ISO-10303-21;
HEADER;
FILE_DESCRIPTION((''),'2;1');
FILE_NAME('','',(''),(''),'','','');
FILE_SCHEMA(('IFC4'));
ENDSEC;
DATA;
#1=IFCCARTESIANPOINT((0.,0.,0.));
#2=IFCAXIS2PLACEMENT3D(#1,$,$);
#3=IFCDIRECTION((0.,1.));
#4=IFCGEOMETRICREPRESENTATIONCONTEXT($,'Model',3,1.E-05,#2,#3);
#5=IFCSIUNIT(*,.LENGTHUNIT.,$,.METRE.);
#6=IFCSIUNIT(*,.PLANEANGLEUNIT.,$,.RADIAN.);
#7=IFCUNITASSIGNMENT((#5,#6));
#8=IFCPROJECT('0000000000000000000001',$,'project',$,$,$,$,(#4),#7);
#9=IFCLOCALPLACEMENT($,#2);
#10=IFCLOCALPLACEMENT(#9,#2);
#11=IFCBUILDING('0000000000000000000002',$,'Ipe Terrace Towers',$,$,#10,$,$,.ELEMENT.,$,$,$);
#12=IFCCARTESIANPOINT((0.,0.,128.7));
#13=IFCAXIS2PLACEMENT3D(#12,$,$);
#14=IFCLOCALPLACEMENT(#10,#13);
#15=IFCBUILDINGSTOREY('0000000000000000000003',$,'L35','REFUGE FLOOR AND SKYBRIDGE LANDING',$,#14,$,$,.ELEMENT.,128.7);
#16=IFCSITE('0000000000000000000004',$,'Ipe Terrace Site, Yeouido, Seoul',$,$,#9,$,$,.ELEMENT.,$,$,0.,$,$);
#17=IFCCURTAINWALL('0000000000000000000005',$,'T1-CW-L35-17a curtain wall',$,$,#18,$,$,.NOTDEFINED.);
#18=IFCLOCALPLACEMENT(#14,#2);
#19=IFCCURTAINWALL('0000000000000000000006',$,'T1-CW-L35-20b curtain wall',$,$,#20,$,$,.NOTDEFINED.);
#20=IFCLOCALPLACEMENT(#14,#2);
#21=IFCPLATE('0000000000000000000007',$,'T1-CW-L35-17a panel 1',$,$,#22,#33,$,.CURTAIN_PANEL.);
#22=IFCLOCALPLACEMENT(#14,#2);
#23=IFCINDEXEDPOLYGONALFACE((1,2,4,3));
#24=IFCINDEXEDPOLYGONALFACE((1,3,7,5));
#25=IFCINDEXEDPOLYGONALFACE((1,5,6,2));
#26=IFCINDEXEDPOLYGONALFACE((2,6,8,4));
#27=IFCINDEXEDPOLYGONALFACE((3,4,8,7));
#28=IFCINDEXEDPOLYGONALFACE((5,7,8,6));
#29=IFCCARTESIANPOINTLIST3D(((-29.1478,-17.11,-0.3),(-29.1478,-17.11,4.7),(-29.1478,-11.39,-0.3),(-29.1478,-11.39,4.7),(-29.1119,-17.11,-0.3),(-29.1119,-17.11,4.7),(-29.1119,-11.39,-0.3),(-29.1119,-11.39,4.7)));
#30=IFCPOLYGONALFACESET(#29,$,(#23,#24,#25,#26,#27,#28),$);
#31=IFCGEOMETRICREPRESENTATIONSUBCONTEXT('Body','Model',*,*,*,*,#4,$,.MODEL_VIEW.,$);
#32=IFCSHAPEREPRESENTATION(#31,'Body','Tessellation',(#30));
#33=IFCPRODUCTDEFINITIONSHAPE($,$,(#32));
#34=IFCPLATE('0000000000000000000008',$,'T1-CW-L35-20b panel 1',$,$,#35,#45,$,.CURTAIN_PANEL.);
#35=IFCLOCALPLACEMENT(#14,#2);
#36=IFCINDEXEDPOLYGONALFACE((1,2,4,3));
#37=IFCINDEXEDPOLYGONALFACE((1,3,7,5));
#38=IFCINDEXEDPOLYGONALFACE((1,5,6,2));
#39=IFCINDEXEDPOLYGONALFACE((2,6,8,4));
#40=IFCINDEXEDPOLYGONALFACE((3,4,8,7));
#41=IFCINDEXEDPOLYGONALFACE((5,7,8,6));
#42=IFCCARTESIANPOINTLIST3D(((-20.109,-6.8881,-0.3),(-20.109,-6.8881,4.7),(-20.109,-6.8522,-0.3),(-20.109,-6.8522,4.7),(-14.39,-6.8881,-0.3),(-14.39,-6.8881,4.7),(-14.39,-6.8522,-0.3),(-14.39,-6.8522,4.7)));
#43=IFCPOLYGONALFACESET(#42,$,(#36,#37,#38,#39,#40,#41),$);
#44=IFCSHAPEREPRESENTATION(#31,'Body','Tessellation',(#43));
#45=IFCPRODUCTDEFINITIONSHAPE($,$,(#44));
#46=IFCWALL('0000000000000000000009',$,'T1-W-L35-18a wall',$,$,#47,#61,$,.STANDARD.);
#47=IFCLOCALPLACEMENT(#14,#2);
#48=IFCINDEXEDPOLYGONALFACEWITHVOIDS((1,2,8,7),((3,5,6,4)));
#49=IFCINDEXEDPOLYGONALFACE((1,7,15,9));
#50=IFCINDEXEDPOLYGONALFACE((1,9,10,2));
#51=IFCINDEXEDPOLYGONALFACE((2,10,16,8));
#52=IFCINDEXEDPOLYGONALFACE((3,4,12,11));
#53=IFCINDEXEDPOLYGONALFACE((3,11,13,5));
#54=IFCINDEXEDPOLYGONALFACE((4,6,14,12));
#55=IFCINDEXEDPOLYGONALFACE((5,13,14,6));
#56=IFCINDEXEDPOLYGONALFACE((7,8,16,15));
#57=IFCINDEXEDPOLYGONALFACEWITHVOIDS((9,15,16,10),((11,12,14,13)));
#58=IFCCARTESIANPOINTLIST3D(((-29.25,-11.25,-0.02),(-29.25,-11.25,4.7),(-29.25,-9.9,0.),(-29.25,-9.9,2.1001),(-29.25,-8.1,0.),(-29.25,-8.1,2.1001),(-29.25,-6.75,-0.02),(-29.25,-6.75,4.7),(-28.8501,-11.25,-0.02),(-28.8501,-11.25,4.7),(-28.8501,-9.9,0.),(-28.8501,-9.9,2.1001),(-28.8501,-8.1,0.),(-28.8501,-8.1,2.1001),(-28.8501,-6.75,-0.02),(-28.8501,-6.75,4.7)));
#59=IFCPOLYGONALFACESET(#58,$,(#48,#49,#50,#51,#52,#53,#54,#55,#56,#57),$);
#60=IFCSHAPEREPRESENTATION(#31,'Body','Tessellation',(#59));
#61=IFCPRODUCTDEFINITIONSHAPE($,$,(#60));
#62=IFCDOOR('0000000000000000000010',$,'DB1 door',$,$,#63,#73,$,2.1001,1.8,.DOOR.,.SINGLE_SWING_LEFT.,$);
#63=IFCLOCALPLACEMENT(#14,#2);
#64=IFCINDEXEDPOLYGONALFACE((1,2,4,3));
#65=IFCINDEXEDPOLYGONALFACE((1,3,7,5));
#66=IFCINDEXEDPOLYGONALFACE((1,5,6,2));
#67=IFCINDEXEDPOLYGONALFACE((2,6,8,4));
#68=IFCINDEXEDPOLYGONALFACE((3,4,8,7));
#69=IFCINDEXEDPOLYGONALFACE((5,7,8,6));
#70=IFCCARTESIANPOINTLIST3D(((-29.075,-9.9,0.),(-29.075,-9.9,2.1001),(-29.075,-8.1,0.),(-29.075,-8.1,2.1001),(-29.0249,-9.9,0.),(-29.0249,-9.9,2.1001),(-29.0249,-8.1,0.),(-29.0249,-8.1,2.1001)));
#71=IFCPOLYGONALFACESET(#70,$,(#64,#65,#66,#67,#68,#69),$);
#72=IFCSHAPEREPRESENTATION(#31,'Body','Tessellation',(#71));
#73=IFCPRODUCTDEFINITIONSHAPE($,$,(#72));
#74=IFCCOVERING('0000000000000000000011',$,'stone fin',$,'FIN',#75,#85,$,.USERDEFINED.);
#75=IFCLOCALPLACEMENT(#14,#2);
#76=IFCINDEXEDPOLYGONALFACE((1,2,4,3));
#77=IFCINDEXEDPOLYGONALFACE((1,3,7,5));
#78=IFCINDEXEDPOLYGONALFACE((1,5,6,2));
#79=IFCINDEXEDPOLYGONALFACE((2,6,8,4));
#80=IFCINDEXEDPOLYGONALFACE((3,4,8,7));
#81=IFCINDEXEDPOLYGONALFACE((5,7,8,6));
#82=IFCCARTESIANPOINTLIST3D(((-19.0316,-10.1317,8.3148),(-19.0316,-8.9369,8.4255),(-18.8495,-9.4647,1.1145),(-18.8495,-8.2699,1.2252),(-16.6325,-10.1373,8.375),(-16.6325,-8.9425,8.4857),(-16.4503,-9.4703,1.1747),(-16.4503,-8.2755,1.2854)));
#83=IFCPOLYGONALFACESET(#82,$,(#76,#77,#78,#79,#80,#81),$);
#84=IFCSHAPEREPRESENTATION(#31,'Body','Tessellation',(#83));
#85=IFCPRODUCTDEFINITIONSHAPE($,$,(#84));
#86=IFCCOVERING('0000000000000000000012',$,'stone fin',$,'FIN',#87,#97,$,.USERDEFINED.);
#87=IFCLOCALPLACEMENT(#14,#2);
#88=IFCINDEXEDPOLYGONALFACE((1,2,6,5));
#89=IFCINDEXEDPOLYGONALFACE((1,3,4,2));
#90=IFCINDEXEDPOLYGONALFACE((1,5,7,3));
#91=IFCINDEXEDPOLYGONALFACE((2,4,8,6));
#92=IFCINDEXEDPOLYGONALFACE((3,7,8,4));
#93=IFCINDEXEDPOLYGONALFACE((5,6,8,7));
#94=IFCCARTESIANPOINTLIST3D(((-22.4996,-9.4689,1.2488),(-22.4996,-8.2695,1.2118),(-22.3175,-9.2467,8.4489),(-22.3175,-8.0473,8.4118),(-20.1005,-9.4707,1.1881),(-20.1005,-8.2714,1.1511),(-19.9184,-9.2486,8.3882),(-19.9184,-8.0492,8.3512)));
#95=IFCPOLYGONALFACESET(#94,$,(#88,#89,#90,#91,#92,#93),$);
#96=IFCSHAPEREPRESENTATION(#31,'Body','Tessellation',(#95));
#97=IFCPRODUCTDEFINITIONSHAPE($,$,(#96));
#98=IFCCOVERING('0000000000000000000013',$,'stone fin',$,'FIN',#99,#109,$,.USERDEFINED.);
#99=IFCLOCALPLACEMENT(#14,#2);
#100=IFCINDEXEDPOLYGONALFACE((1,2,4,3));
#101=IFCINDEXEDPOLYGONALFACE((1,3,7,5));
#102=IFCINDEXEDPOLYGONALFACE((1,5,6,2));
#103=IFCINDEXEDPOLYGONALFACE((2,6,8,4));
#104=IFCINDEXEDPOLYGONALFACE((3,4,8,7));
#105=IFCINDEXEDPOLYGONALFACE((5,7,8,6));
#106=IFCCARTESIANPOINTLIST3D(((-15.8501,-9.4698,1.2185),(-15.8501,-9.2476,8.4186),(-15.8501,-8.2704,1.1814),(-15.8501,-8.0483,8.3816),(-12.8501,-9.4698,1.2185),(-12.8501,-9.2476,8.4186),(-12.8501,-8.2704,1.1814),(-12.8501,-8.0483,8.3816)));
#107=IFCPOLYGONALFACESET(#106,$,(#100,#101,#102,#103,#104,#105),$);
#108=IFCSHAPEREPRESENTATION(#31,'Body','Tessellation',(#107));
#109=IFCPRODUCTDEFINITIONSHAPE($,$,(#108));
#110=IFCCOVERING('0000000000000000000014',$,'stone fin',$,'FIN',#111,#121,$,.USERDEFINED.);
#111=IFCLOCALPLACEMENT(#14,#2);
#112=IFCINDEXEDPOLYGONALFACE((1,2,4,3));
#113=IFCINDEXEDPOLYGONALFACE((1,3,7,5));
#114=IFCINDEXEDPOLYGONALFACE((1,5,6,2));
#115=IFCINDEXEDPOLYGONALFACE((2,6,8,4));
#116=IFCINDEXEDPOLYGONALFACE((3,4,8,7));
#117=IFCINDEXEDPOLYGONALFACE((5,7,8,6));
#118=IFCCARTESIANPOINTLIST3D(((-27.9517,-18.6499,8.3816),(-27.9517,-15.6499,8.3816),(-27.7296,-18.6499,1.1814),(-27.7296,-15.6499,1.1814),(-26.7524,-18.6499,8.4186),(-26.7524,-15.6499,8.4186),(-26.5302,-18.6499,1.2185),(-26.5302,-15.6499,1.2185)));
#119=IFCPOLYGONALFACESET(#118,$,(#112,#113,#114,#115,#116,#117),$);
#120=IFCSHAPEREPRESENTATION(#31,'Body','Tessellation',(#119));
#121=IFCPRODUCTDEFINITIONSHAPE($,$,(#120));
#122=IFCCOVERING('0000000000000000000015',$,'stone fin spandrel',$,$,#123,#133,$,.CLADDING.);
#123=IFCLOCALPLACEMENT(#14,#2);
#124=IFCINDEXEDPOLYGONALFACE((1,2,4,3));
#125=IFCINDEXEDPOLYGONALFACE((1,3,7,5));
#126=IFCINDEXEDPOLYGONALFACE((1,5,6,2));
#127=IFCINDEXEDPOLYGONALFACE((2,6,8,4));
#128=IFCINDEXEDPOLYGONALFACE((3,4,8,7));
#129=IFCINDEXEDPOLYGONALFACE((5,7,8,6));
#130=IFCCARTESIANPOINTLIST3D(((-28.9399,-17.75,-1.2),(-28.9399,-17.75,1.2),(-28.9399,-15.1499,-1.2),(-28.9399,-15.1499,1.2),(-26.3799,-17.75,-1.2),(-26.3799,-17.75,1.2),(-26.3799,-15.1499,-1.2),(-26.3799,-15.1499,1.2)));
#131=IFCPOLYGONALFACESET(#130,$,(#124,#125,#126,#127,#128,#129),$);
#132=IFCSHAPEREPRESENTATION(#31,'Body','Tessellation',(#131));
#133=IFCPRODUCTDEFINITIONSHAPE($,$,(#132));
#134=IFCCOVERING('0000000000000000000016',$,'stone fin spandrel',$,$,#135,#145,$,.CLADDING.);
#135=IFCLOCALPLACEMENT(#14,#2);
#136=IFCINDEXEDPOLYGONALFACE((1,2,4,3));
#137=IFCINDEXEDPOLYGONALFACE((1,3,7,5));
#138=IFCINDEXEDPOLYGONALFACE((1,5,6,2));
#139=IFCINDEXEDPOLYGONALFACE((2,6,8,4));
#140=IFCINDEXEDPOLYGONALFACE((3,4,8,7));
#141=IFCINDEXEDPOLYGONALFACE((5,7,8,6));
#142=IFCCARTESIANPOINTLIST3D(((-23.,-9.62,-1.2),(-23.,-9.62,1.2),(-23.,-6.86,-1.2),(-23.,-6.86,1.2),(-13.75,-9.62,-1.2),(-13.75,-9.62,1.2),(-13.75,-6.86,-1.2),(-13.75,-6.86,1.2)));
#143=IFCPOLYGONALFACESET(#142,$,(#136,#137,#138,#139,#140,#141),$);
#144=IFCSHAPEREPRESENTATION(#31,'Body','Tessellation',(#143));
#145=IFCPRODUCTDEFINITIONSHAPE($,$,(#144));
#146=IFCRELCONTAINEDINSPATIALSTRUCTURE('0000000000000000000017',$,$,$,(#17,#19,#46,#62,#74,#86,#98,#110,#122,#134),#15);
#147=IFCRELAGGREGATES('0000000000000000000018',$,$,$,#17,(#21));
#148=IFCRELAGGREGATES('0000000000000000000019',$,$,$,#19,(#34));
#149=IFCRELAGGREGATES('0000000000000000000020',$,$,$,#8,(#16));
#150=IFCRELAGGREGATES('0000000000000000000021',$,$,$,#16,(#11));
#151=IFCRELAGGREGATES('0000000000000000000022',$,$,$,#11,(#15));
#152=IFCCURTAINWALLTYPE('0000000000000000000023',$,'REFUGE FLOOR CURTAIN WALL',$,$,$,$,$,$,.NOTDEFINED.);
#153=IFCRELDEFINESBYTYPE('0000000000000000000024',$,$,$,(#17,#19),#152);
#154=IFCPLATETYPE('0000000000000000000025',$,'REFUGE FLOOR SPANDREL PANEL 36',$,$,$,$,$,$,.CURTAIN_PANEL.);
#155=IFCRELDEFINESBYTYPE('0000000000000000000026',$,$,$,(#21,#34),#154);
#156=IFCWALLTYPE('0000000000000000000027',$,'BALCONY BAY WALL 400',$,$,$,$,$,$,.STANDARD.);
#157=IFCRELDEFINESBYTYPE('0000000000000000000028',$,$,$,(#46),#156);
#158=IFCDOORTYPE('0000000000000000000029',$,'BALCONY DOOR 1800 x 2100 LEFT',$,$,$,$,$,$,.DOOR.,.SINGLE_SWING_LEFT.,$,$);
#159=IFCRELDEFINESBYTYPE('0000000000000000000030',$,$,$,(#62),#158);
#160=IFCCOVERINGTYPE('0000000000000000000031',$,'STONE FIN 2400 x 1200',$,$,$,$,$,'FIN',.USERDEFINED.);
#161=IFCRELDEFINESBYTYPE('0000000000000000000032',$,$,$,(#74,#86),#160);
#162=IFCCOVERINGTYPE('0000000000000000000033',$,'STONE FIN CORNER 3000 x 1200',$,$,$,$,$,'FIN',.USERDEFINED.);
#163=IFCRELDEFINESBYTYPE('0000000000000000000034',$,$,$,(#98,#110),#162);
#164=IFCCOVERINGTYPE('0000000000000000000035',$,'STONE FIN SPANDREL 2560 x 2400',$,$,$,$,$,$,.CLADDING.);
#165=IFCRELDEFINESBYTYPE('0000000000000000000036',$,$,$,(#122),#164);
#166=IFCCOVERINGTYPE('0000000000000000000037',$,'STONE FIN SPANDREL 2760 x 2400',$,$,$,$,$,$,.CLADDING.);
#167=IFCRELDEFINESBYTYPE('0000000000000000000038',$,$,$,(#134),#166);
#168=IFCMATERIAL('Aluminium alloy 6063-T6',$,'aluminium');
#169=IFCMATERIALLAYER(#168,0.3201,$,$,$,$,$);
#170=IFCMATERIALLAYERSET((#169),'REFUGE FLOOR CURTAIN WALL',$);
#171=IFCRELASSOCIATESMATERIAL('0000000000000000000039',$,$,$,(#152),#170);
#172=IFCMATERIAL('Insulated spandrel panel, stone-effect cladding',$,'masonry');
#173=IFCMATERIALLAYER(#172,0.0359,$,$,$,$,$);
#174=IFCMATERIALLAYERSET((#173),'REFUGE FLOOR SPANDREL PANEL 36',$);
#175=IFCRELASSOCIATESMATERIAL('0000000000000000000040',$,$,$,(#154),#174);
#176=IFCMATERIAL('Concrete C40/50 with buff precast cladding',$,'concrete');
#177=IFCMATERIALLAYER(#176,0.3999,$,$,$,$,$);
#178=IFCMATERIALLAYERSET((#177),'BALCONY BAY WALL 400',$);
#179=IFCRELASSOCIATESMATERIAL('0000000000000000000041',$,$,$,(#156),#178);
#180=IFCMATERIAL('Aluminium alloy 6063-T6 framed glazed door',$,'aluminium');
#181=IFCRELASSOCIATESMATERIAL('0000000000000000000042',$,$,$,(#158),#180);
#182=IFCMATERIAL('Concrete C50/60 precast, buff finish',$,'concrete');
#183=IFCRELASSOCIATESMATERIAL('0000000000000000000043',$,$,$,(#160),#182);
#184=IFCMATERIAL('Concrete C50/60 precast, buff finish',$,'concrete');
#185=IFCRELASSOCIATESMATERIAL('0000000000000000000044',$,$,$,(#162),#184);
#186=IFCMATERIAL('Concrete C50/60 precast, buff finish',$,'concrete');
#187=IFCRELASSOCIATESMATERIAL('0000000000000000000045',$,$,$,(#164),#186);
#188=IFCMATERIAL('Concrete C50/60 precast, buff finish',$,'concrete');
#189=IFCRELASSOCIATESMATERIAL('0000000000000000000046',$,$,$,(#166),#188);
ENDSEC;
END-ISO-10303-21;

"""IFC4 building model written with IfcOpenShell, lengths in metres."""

from ifc_helpers import new_model, si_unit, direction, frame, frame_2d, origin, origin_2d, place, context, subcontext, project, spatial, rectangle, extrude, material, layer, layer_set, material_profile, profile_set, type_object, element, fill, aggregate, save


model = new_model("IFC4")

# Units and contexts
model_context = context("Model", 3, precision=1e-05, world=origin(), true_north=direction((0.0, 1.0)))
body_context = subcontext(model_context, "Body", "Model", "MODEL_VIEW")
ifc_project = project(units=[si_unit("LENGTHUNIT", "METRE"), si_unit("PLANEANGLEUNIT", "RADIAN")], contexts=[model_context])

# Site, building, storey
site_placement = place(None, origin())
site = spatial("IfcSite", under=ifc_project, at=site_placement, Name="Ipe Terrace Site, Yeouido, Seoul", CompositionType="ELEMENT", RefElevation=0.0)
building_placement = place(site_placement, origin())
building = spatial("IfcBuilding", under=site, at=building_placement, Name="Ipe Terrace Towers", CompositionType="ELEMENT")
storey_placement = place(building_placement, frame((0.0, 0.0, 128.7)))
storey = spatial("IfcBuildingStorey", under=building, at=storey_placement, Name="L35", Description="REFUGE FLOOR AND SKYBRIDGE LANDING", CompositionType="ELEMENT", Elevation=128.7)

# Curtain walls
ifc_material_1 = material(Name="Aluminium alloy 6063-T6", Category="aluminium")
ifc_layer_1 = layer(ifc_material_1, 0.3201)
ifc_layer_set_1 = layer_set([ifc_layer_1], Name="REFUGE FLOOR CURTAIN WALL")
curtain_wall_type = type_object("IfcCurtainWallType", Name="REFUGE FLOOR CURTAIN WALL", PredefinedType="NOTDEFINED", material=ifc_layer_set_1)
curtain_wall_1_placement = place(storey_placement, origin())
curtain_wall_1 = element("IfcCurtainWall", 1, at=curtain_wall_1_placement, inside=storey, type_object=curtain_wall_type, Name="T1-CW-L35-17a curtain wall", PredefinedType="NOTDEFINED")
curtain_wall_2_placement = place(storey_placement, origin())
curtain_wall_2 = element("IfcCurtainWall", 2, at=curtain_wall_2_placement, inside=storey, type_object=curtain_wall_type, Name="T1-CW-L35-20b curtain wall", PredefinedType="NOTDEFINED")

# Plates
ifc_material_2 = material(Name="Insulated spandrel panel, stone-effect cladding", Category="masonry")
ifc_layer_2 = layer(ifc_material_2, 0.0359)
ifc_layer_set_2 = layer_set([ifc_layer_2], Name="REFUGE FLOOR SPANDREL PANEL 36")
plate_type = type_object("IfcPlateType", Name="REFUGE FLOOR SPANDREL PANEL 36", PredefinedType="CURTAIN_PANEL", material=ifc_layer_set_2)
plate_1_placement = place(storey_placement, frame((-29.1299, -14.25, -0.3), z_axis=(0.0, 0.0, 1.0), x_axis=(0.0, 1.0, 0.0)))
plate_1 = element("IfcPlate", 3, at=plate_1_placement, type_object=plate_type, Name="T1-CW-L35-17a panel 1", PredefinedType="CURTAIN_PANEL", context=body_context, shape_type="SweptSolid", body=[
    extrude(rectangle(XDim=5.72, YDim=0.0359, at=origin_2d()), origin(), (0.0, 0.0, 1.0), 5.0),
])
aggregate(curtain_wall_1, [plate_1])
plate_2_placement = place(storey_placement, frame((-17.2495, -6.8701, -0.3), z_axis=(0.0, 0.0, 1.0), x_axis=(1.0, 0.0, 0.0)))
plate_2 = element("IfcPlate", 4, at=plate_2_placement, type_object=plate_type, Name="T1-CW-L35-20b panel 1", PredefinedType="CURTAIN_PANEL", context=body_context, shape_type="SweptSolid", body=[
    extrude(rectangle(XDim=5.719, YDim=0.0359, at=origin_2d()), origin(), (0.0, 0.0, 1.0), 5.0),
])
aggregate(curtain_wall_2, [plate_2])

# Wall, opening, door
ifc_material_3 = material(Name="Concrete C40/50 with buff precast cladding", Category="concrete")
ifc_layer_3 = layer(ifc_material_3, 0.3999)
ifc_layer_set_3 = layer_set([ifc_layer_3], Name="BALCONY BAY WALL 400")
wall_type = type_object("IfcWallType", Name="BALCONY BAY WALL 400", PredefinedType="STANDARD", material=ifc_layer_set_3)
wall_placement = place(storey_placement, frame((-29.05, -11.25, -0.02), z_axis=(0.0, 0.0, 1.0), x_axis=(0.0, 1.0, 0.0)))
wall = element("IfcWall", 5, at=wall_placement, inside=storey, type_object=wall_type, Name="T1-W-L35-18a wall", PredefinedType="STANDARD", context=body_context, shape_type="SweptSolid", body=[
    extrude(rectangle(XDim=4.5, YDim=0.3999, at=frame_2d((2.25, 0.0))), origin(), (0.0, 0.0, 1.0), 4.72),
])
opening_placement = place(wall_placement, frame((1.3501, 0.0, 0.02)))
opening = element("IfcOpeningElement", 6, at=opening_placement, cuts=wall, PredefinedType="OPENING", context=body_context, shape_type="SweptSolid", body=[
    extrude(rectangle(XDim=1.8, YDim=2.1001, at=frame_2d((0.8999, 1.05))), frame((0.0, 0.21, 0.0), z_axis=(0.0, -1.0, 0.0), x_axis=(1.0, 0.0, 0.0)), (0.0, 0.0, 1.0), 0.4199),
])
ifc_material_4 = material(Name="Aluminium alloy 6063-T6 framed glazed door", Category="aluminium")
door_type = type_object("IfcDoorType", Name="BALCONY DOOR 1800 x 2100 LEFT", OperationType="SINGLE_SWING_LEFT", PredefinedType="DOOR", material=ifc_material_4)
door_placement = place(opening_placement, origin())
door = element("IfcDoor", 7, at=door_placement, inside=storey, type_object=door_type, Name="DB1 door", OperationType="SINGLE_SWING_LEFT", OverallHeight=2.1001, OverallWidth=1.8, PredefinedType="DOOR", context=body_context, shape_type="SweptSolid", body=[
    extrude(rectangle(XDim=1.8, YDim=2.1001, at=frame_2d((0.8999, 1.05))), frame((0.0, 0.0249, 0.0), z_axis=(0.0, -1.0, 0.0), x_axis=(1.0, 0.0, 0.0)), (0.0, 0.0, 1.0), 0.05),
])
fill(opening, door)

# Coverings
ifc_material_5 = material(Name="Concrete C50/60 precast, buff finish", Category="concrete")
ifc_material_profile_1 = material_profile(ifc_material_5, rectangle(XDim=2.3999, YDim=1.2, at=origin_2d()), Name="STONE FIN 2400 x 1200")
ifc_profile_set_1 = profile_set([ifc_material_profile_1], Name="Concrete C50/60 precast, buff finish")
covering_type_1 = type_object("IfcCoveringType", Name="STONE FIN 2400 x 1200", ElementType="FIN", PredefinedType="USERDEFINED", material=ifc_profile_set_1)
covering_1_placement = place(storey_placement, frame((-17.6499, -8.8701, 1.2), z_axis=(-0.025179, -0.092211, 0.995421), x_axis=(0.999683, -0.002323, 0.025072)))
element("IfcCovering", 8, at=covering_1_placement, inside=storey, type_object=covering_type_1, Name="stone fin", ObjectType="FIN", PredefinedType="USERDEFINED", context=body_context, shape_type="SweptSolid", body=[
    extrude(rectangle(XDim=2.3999, YDim=1.2, at=origin_2d()), origin(), (0.0, 0.0, 1.0), 7.2334),
])
covering_2_placement = place(storey_placement, frame((-21.3, -8.8701, 1.2), z_axis=(0.025275, 0.030831, 0.999205), x_axis=(0.999681, -0.00078, -0.025263)))
element("IfcCovering", 9, at=covering_2_placement, inside=storey, type_object=covering_type_1, Name="stone fin", ObjectType="FIN", PredefinedType="USERDEFINED", context=body_context, shape_type="SweptSolid", body=[
    extrude(rectangle(XDim=2.3999, YDim=1.2, at=origin_2d()), origin(), (0.0, 0.0, 1.0), 7.2058),
])
ifc_material_6 = material(Name="Concrete C50/60 precast, buff finish", Category="concrete")
ifc_material_profile_2 = material_profile(ifc_material_6, rectangle(XDim=3.0, YDim=1.2, at=origin_2d()), Name="STONE FIN CORNER 3000 x 1200")
ifc_profile_set_2 = profile_set([ifc_material_profile_2], Name="Concrete C50/60 precast, buff finish")
covering_type_2 = type_object("IfcCoveringType", Name="STONE FIN CORNER 3000 x 1200", ElementType="FIN", PredefinedType="USERDEFINED", material=ifc_profile_set_2)
for number, where, z_axis, x_axis, name in (
    (10, (-14.3501, -8.8701, 1.2), (0.0, 0.030841, 0.999524), (1.0, 0.0, 0.0), "stone fin"),
    (11, (-27.1299, -17.1499, 1.2), (-0.030841, 0.0, 0.999524), (0.0, 1.0, 0.0), "stone fin"),
):
    element("IfcCovering", number, at=place(storey_placement, frame(where, z_axis=z_axis, x_axis=x_axis)), inside=storey, type_object=covering_type_2, Name=name, ObjectType="FIN", PredefinedType="USERDEFINED", context=body_context, shape_type="SweptSolid", body=[
        extrude(rectangle(XDim=3.0, YDim=1.2, at=origin_2d()), origin(), (0.0, 0.0, 1.0), 7.2036),
    ])
ifc_material_7 = material(Name="Concrete C50/60 precast, buff finish", Category="concrete")
ifc_material_profile_3 = material_profile(ifc_material_7, rectangle(XDim=2.5601, YDim=2.3999, at=origin_2d()), Name="STONE FIN SPANDREL 2560 x 2400")
ifc_profile_set_3 = profile_set([ifc_material_profile_3], Name="Concrete C50/60 precast, buff finish")
covering_type_3 = type_object("IfcCoveringType", Name="STONE FIN SPANDREL 2560 x 2400", PredefinedType="CLADDING", material=ifc_profile_set_3)
covering_3_placement = place(storey_placement, frame((-27.6599, -17.75, 0.0), z_axis=(0.0, 1.0, 0.0), x_axis=(1.0, 0.0, 0.0)))
element("IfcCovering", 12, at=covering_3_placement, inside=storey, type_object=covering_type_3, Name="stone fin spandrel", PredefinedType="CLADDING", context=body_context, shape_type="SweptSolid", body=[
    extrude(rectangle(XDim=2.5601, YDim=2.3999, at=origin_2d()), origin(), (0.0, 0.0, 1.0), 2.6001),
])
ifc_material_8 = material(Name="Concrete C50/60 precast, buff finish", Category="concrete")
ifc_material_profile_4 = material_profile(ifc_material_8, rectangle(XDim=2.76, YDim=2.3999, at=origin_2d()), Name="STONE FIN SPANDREL 2760 x 2400")
ifc_profile_set_4 = profile_set([ifc_material_profile_4], Name="Concrete C50/60 precast, buff finish")
covering_type_4 = type_object("IfcCoveringType", Name="STONE FIN SPANDREL 2760 x 2400", PredefinedType="CLADDING", material=ifc_profile_set_4)
covering_4_placement = place(storey_placement, frame((-23.0, -8.24, 0.0), z_axis=(1.0, 0.0, 0.0), x_axis=(0.0, -1.0, 0.0)))
element("IfcCovering", 13, at=covering_4_placement, inside=storey, type_object=covering_type_4, Name="stone fin spandrel", PredefinedType="CLADDING", context=body_context, shape_type="SweptSolid", body=[
    extrude(rectangle(XDim=2.76, YDim=2.3999, at=origin_2d()), origin(), (0.0, 0.0, 1.0), 9.25),
])

save(model, "model.ifc")
